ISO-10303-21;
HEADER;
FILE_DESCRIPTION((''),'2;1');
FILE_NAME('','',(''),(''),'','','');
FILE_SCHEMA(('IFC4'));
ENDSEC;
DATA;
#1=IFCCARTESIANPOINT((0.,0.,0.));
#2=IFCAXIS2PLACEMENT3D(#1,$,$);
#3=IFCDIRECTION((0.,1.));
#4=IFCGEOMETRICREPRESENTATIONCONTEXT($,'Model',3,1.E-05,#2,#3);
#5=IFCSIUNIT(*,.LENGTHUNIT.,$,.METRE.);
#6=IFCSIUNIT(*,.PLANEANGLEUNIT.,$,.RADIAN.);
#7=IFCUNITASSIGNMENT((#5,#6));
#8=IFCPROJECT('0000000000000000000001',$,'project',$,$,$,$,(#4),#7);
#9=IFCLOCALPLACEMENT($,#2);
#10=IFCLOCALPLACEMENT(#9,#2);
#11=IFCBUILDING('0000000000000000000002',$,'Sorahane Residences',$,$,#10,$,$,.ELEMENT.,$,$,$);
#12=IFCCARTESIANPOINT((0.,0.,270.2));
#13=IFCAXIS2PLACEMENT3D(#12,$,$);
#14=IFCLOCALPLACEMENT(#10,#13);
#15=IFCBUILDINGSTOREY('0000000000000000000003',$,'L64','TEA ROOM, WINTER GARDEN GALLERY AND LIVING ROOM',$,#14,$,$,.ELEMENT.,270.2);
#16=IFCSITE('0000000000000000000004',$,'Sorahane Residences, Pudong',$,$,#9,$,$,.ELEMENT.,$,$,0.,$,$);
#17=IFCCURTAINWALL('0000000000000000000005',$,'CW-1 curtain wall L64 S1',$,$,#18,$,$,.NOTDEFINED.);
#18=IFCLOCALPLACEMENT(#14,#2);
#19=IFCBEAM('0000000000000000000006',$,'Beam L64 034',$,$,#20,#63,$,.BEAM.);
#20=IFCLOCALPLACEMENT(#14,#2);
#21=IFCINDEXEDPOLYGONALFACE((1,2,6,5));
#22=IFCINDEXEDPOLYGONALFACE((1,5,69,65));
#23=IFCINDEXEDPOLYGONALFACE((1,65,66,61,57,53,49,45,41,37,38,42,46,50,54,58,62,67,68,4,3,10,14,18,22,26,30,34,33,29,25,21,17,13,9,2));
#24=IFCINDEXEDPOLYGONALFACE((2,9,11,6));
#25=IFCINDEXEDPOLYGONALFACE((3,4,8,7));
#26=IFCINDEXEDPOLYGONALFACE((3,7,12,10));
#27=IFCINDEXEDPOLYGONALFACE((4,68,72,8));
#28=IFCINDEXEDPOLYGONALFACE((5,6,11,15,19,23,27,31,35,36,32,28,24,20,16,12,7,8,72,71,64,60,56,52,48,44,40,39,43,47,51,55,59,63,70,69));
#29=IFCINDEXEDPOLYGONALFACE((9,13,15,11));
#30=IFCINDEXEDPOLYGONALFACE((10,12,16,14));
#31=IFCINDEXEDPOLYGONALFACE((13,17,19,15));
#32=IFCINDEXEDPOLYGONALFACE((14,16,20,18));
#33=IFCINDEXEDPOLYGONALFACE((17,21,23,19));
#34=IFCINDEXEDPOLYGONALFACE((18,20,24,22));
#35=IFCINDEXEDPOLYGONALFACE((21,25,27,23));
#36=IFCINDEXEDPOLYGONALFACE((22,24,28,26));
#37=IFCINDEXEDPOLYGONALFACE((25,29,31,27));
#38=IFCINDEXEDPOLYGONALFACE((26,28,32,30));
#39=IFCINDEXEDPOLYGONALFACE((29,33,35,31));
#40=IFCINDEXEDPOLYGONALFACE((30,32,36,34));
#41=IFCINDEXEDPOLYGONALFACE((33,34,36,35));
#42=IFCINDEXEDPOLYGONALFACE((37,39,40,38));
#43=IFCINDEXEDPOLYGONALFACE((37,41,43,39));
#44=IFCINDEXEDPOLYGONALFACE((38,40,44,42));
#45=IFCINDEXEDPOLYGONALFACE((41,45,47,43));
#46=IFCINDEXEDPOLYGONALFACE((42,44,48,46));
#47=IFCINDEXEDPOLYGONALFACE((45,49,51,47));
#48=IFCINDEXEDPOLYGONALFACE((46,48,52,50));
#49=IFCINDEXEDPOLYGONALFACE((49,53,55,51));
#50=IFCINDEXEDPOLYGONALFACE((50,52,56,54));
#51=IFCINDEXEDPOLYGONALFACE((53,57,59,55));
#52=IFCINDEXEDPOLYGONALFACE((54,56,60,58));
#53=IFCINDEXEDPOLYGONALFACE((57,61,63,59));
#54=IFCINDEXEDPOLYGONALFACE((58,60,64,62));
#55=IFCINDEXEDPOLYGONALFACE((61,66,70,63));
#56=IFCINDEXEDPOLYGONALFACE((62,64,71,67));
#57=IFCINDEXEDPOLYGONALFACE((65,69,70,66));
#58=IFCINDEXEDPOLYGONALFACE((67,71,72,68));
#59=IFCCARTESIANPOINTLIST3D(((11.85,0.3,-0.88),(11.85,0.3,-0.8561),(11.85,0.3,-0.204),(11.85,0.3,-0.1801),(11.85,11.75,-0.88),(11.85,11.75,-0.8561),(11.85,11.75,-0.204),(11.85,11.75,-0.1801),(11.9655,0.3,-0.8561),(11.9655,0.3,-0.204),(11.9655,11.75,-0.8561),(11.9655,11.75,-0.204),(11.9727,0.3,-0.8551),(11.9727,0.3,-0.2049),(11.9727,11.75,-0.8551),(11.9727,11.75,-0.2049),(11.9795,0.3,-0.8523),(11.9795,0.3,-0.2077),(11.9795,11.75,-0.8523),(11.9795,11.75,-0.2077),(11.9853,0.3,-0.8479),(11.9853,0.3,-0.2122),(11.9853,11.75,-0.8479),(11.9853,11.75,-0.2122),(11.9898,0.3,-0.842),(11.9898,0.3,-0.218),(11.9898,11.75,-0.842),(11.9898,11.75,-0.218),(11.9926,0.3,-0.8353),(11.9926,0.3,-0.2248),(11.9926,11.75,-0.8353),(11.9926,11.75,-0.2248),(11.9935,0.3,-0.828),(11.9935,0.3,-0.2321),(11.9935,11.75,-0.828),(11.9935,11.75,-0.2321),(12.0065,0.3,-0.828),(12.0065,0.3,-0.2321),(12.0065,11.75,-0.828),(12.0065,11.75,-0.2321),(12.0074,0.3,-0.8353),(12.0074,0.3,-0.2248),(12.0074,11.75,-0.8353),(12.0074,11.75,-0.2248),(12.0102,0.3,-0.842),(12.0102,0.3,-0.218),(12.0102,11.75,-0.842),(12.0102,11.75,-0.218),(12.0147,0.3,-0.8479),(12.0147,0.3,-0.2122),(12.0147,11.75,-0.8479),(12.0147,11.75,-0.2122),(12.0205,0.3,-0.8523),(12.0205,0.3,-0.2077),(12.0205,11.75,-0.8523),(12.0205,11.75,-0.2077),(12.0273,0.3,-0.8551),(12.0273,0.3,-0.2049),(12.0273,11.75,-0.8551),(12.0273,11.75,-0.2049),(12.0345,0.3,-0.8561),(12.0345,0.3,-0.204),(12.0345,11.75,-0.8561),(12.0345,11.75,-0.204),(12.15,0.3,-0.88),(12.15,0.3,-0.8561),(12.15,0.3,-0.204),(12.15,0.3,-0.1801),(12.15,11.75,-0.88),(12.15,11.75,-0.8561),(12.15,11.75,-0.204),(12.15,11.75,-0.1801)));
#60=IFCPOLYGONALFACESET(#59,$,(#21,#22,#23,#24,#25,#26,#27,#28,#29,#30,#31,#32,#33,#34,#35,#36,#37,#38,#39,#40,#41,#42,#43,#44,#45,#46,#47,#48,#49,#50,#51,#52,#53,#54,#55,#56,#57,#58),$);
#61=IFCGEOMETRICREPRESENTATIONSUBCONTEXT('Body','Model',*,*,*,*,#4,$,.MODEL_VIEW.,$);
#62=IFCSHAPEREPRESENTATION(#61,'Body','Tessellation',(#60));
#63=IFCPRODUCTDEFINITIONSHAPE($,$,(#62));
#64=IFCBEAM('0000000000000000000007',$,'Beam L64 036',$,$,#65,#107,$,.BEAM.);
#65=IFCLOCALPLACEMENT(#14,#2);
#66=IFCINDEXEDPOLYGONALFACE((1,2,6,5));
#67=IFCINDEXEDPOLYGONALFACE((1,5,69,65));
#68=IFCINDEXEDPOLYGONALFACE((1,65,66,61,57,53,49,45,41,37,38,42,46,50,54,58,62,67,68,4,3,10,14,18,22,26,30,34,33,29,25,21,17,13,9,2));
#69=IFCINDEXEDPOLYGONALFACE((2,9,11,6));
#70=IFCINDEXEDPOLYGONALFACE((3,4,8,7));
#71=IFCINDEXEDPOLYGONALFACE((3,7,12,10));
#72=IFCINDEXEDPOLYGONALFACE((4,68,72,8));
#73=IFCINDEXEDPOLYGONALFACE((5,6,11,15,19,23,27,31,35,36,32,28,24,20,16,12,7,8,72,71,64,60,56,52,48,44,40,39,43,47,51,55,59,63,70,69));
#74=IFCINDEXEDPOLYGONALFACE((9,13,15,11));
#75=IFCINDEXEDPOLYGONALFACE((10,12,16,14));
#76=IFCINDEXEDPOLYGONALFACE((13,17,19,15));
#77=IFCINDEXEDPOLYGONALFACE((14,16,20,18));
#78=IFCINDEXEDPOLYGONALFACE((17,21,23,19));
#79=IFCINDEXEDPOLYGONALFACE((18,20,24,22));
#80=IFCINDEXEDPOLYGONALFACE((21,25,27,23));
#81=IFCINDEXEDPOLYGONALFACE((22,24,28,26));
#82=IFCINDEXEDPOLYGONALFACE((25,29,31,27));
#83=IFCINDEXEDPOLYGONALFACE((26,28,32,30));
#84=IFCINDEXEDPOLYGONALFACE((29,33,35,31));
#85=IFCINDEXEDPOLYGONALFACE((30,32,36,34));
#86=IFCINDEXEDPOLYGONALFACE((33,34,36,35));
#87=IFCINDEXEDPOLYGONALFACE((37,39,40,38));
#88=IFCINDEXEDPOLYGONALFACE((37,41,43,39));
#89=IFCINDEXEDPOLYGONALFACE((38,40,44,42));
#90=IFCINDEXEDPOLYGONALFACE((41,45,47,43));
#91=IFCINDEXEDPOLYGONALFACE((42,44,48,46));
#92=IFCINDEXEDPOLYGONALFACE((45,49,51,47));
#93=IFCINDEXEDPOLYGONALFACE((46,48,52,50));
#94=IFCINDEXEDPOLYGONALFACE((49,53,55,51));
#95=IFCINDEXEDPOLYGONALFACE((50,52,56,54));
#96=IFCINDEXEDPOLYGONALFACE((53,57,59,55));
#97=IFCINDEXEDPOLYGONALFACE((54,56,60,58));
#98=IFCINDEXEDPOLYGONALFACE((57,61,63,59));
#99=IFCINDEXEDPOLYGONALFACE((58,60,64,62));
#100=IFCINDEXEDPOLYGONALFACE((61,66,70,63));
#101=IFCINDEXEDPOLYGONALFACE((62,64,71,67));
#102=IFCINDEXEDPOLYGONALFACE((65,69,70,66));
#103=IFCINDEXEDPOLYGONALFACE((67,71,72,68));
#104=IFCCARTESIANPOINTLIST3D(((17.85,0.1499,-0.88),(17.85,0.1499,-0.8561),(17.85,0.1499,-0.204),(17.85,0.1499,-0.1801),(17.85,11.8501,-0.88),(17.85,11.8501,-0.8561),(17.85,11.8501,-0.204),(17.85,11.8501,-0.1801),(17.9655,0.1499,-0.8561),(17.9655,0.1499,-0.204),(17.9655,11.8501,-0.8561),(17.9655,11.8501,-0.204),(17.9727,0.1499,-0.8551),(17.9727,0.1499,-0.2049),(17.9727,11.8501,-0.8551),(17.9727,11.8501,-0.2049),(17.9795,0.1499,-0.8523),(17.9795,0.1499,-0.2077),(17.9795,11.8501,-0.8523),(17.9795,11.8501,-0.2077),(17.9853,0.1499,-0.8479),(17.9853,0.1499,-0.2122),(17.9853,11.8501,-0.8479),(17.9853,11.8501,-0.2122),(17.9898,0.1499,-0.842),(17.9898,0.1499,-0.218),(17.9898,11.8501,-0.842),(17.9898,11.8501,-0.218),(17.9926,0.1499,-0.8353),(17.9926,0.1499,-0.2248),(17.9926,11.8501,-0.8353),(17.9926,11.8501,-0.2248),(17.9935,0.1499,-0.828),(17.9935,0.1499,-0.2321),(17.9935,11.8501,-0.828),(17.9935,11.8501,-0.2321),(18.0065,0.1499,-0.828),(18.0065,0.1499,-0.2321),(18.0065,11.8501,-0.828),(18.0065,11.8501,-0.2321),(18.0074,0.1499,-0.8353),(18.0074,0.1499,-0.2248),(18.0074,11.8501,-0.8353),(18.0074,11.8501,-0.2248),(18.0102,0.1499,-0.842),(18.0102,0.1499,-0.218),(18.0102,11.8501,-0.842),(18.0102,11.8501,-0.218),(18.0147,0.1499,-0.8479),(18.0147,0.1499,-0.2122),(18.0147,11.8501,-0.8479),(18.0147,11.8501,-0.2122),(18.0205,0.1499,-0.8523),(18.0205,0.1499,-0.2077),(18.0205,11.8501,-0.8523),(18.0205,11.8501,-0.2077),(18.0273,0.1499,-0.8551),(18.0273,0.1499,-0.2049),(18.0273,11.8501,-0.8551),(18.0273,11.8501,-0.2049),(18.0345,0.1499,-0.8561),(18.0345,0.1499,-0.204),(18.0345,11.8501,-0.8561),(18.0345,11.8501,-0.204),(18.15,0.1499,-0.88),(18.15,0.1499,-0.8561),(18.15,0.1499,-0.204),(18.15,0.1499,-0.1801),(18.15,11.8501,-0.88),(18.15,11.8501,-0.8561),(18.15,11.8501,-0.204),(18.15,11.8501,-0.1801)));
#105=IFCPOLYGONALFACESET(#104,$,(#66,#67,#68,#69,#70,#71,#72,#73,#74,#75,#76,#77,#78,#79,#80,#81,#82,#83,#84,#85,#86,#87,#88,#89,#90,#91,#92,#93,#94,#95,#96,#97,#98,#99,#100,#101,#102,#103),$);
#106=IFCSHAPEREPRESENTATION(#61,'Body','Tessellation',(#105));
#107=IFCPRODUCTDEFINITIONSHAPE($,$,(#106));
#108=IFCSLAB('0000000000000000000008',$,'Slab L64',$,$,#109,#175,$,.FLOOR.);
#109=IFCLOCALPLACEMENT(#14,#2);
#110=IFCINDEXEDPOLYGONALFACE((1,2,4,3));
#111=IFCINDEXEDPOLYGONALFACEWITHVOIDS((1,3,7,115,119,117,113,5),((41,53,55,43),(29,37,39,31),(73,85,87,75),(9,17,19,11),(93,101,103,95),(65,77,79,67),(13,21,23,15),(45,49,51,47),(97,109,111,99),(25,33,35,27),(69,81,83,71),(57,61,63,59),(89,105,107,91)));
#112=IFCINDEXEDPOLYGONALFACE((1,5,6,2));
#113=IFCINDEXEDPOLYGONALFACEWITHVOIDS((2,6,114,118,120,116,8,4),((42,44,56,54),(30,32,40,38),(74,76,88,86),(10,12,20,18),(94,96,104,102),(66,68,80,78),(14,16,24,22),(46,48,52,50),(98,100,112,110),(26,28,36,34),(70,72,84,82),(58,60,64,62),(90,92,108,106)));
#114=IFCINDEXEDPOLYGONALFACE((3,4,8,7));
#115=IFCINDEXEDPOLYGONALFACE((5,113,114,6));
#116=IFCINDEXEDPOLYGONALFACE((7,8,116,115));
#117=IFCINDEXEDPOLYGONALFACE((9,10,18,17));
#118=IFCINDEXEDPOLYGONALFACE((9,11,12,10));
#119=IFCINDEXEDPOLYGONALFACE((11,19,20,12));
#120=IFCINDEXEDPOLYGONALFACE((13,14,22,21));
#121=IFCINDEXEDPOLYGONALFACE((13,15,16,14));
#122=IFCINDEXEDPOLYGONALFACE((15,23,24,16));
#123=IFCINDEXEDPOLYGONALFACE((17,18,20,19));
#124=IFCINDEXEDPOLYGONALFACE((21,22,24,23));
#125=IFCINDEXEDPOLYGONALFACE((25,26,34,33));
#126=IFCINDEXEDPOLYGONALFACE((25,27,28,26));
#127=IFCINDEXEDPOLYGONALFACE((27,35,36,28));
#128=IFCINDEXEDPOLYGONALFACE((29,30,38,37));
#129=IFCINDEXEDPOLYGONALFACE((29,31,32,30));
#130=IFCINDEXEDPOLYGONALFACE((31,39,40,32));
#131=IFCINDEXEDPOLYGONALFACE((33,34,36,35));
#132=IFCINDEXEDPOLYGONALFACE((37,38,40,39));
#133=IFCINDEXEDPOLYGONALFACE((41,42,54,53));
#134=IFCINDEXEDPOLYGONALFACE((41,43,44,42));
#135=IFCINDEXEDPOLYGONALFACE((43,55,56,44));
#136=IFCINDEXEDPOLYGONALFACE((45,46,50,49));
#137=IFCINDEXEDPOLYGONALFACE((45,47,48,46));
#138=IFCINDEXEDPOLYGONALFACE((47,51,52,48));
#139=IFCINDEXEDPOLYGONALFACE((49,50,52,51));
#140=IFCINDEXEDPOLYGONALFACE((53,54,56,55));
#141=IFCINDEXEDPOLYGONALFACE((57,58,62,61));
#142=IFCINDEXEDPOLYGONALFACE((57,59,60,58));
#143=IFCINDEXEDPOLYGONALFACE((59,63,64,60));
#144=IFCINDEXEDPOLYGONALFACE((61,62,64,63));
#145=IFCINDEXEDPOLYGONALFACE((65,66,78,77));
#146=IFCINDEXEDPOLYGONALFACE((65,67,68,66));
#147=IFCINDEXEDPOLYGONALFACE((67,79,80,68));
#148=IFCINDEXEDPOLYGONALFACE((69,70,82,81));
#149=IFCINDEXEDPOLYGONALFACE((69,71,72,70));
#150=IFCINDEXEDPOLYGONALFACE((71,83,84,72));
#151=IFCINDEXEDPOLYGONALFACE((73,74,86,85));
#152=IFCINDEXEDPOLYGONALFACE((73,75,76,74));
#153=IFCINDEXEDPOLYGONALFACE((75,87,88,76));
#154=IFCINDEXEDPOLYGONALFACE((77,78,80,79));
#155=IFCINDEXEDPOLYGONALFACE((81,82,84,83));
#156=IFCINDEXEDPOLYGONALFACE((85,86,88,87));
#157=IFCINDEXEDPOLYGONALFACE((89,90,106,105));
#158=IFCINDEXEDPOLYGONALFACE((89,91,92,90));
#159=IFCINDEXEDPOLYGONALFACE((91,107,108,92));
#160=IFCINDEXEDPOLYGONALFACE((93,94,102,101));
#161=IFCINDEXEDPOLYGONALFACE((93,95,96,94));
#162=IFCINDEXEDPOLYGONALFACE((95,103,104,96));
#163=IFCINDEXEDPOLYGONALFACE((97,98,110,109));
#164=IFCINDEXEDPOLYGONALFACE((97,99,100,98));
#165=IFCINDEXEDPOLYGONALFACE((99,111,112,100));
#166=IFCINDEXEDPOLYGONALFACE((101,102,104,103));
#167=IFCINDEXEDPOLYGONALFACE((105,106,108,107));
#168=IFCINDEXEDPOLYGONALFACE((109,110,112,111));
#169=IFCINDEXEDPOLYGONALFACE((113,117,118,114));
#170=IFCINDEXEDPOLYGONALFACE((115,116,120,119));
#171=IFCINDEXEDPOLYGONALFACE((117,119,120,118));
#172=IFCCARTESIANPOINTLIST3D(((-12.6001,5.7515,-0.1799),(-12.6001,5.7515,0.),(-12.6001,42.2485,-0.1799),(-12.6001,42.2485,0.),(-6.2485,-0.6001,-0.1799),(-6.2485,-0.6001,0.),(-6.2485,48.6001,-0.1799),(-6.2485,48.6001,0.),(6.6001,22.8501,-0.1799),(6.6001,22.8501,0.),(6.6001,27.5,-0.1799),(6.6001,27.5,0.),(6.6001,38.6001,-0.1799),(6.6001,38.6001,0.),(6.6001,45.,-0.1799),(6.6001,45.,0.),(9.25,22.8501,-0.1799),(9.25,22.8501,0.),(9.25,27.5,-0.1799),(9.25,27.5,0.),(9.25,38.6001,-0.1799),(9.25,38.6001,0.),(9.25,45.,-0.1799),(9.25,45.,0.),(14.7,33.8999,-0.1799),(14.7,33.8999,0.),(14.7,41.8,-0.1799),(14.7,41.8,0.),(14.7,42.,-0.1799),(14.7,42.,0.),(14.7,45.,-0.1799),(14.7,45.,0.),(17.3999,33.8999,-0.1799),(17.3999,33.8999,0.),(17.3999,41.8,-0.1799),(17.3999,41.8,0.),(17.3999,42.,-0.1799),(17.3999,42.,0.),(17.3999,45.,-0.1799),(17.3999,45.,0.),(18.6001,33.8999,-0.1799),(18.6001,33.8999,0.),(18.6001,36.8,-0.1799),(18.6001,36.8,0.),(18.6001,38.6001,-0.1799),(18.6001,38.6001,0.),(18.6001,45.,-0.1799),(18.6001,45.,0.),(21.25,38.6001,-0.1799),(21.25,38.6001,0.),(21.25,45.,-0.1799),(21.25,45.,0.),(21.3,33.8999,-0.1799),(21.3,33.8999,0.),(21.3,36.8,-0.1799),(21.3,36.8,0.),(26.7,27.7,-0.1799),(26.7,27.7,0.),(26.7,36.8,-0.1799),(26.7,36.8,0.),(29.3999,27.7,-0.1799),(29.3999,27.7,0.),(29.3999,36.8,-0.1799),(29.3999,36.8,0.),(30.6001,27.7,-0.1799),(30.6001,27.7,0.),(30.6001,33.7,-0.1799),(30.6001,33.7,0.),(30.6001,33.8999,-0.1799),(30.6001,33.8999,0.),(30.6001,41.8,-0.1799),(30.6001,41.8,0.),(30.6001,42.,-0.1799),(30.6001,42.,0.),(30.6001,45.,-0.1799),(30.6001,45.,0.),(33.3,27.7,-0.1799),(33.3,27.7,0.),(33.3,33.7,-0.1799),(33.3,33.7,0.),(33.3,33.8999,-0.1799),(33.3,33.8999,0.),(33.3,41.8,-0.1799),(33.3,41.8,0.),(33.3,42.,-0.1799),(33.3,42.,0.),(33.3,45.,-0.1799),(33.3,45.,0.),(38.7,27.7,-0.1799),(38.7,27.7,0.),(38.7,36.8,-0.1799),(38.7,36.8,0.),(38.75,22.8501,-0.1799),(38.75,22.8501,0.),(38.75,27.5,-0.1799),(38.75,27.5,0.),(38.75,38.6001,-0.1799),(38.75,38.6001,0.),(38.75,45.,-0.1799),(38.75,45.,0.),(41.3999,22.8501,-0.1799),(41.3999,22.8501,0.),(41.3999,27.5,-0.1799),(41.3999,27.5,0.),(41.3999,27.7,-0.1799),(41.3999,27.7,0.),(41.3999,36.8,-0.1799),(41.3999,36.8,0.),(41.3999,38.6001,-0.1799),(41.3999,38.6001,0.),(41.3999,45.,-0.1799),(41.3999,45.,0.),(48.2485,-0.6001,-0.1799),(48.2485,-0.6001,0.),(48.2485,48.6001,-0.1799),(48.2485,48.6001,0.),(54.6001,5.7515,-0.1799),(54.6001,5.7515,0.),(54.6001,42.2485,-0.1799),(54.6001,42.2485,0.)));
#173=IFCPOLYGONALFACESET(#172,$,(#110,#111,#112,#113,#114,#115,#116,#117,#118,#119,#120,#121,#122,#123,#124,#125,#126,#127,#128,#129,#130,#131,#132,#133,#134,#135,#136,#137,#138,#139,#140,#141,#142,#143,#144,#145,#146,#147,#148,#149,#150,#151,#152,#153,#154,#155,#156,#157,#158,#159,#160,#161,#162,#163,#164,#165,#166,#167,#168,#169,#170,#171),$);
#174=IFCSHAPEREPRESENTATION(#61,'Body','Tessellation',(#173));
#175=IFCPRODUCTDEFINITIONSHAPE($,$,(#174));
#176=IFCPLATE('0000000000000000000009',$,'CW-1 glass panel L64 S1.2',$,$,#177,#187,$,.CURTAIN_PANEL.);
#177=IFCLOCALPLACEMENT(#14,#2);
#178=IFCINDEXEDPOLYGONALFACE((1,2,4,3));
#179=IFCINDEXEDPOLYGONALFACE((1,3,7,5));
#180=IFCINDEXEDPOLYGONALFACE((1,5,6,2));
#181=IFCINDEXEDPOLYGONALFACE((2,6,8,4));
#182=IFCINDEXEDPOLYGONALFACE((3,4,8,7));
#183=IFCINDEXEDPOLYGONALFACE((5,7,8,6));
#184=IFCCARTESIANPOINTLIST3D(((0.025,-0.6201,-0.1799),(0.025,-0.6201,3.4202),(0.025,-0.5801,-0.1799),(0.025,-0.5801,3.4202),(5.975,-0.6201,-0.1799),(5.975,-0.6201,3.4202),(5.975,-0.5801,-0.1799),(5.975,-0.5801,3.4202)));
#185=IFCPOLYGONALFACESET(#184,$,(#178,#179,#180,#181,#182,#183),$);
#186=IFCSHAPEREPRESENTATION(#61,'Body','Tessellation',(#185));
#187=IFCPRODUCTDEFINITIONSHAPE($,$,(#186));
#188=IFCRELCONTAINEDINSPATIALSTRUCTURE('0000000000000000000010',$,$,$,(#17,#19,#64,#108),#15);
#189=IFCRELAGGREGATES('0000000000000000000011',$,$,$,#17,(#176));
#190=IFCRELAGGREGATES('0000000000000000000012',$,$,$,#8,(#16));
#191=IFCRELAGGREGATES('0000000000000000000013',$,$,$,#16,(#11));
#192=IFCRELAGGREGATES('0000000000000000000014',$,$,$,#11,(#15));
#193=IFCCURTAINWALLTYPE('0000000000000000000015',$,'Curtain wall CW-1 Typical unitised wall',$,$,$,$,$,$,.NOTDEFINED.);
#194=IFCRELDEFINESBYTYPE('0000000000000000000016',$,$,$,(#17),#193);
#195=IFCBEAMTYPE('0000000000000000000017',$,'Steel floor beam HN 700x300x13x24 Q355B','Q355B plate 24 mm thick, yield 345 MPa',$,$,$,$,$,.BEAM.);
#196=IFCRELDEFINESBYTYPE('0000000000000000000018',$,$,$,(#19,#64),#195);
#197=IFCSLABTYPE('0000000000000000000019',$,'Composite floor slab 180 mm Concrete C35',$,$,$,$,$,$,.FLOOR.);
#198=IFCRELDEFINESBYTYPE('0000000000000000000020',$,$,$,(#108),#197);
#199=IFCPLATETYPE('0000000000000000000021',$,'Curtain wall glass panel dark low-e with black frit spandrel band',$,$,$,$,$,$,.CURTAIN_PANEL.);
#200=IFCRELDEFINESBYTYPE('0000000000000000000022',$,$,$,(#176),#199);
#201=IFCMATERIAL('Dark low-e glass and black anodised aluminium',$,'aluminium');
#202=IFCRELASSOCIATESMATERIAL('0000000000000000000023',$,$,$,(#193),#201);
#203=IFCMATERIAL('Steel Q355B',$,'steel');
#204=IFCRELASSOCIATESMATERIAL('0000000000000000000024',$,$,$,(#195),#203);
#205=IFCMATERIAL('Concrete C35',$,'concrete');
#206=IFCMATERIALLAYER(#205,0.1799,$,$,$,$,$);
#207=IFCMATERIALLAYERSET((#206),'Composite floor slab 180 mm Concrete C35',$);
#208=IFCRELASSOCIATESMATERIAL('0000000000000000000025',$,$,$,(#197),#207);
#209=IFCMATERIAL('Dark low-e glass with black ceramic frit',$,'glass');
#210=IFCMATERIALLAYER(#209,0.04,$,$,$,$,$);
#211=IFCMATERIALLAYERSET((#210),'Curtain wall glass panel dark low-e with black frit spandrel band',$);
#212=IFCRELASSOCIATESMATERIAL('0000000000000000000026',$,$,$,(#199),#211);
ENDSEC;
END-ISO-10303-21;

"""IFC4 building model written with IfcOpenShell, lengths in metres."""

from ifc_helpers import new_model, si_unit, direction, frame, origin, origin_2d, place, context, subcontext, project, spatial, polyline, rectangle, i_section, outline, extrude, material, layer, layer_set, material_profile, profile_set, type_object, element, aggregate, save


model = new_model("IFC4")

# Units and contexts
model_context = context("Model", 3, precision=1e-05, world=origin(), true_north=direction((0.0, 1.0)))
body_context = subcontext(model_context, "Body", "Model", "MODEL_VIEW")
ifc_project = project(units=[si_unit("LENGTHUNIT", "METRE"), si_unit("PLANEANGLEUNIT", "RADIAN")], contexts=[model_context])

# Site, building, storey
site_placement = place(None, origin())
site = spatial("IfcSite", under=ifc_project, at=site_placement, Name="Sorahane Residences, Pudong", CompositionType="ELEMENT", RefElevation=0.0)
building_placement = place(site_placement, origin())
building = spatial("IfcBuilding", under=site, at=building_placement, Name="Sorahane Residences", CompositionType="ELEMENT")
storey_placement = place(building_placement, frame((0.0, 0.0, 270.2)))
storey = spatial("IfcBuildingStorey", under=building, at=storey_placement, Name="L64", Description="TEA ROOM, WINTER GARDEN GALLERY AND LIVING ROOM", CompositionType="ELEMENT", Elevation=270.2)

# Curtain wall
ifc_material_1 = material(Name="Dark low-e glass and black anodised aluminium", Category="aluminium")
curtain_wall_type = type_object("IfcCurtainWallType", Name="Curtain wall CW-1 Typical unitised wall", PredefinedType="NOTDEFINED", material=ifc_material_1)
curtain_wall_placement = place(storey_placement, origin())
curtain_wall = element("IfcCurtainWall", 1, at=curtain_wall_placement, inside=storey, type_object=curtain_wall_type, Name="CW-1 curtain wall L64 S1", PredefinedType="NOTDEFINED")

# Beams
ifc_material_2 = material(Name="Steel Q355B", Category="steel")
ifc_material_profile_1 = material_profile(ifc_material_2, i_section(OverallWidth=0.3, OverallDepth=0.7, WebThickness=0.0129, FlangeThickness=0.0239, FilletRadius=0.0281, at=origin_2d()), Name="HN 700x300x13x24")
ifc_profile_set_1 = profile_set([ifc_material_profile_1], Name="Steel Q355B")
beam_type_1 = type_object("IfcBeamType", Name="Steel floor beam HN 700x300x13x24 Q355B", Description="Q355B plate 24 mm thick, yield 345 MPa", PredefinedType="BEAM", material=ifc_profile_set_1)
beam_1_placement = place(storey_placement, frame((12.0, 0.3, -0.53), z_axis=(0.0, 1.0, 0.0), x_axis=(-1.0, 0.0, 0.0)))
element("IfcBeam", 2, at=beam_1_placement, inside=storey, type_object=beam_type_1, Name="Beam L64 034", PredefinedType="BEAM", context=body_context, shape_type="SweptSolid", body=[
    extrude(i_section(OverallWidth=0.3, OverallDepth=0.7, WebThickness=0.0129, FlangeThickness=0.0239, FilletRadius=0.0281, at=origin_2d()), origin(), (0.0, 0.0, 1.0), 11.45),
])
beam_2_placement = place(storey_placement, frame((18.0, 0.1499, -0.53), z_axis=(0.0, 1.0, 0.0), x_axis=(-1.0, 0.0, 0.0)))
element("IfcBeam", 3, at=beam_2_placement, inside=storey, type_object=beam_type_1, Name="Beam L64 036", PredefinedType="BEAM", context=body_context, shape_type="SweptSolid", body=[
    extrude(i_section(OverallWidth=0.3, OverallDepth=0.7, WebThickness=0.0129, FlangeThickness=0.0239, FilletRadius=0.0281, at=origin_2d()), origin(), (0.0, 0.0, 1.0), 11.7002),
])

# Slab
ifc_material_3 = material(Name="Concrete C35", Category="concrete")
ifc_layer_1 = layer(ifc_material_3, 0.1799)
ifc_layer_set_1 = layer_set([ifc_layer_1], Name="Composite floor slab 180 mm Concrete C35")
slab_type_1 = type_object("IfcSlabType", Name="Composite floor slab 180 mm Concrete C35", PredefinedType="FLOOR", material=ifc_layer_set_1)
slab_1_placement = place(storey_placement, frame((0.0, 0.0, -0.1799)))
element("IfcSlab", 4, at=slab_1_placement, inside=storey, type_object=slab_type_1, Name="Slab L64", PredefinedType="FLOOR", context=body_context, shape_type="SweptSolid", body=[
    extrude(outline(polyline([(-6.2485, -0.6001), (-12.6001, 5.7515), (-12.6001, 42.2485), (-6.2485, 48.6001), (48.2485, 48.6001), (54.6001, 42.2485), (54.6001, 5.7515), (48.2485, -0.6001), (-6.2485, -0.6001)]), holes=[polyline([(38.7, 27.7), (41.3999, 27.7), (41.3999, 36.8), (38.7, 36.8), (38.7, 27.7)]), polyline([(30.6001, 27.7), (33.3, 27.7), (33.3, 33.7), (30.6001, 33.7), (30.6001, 27.7)]), polyline([(30.6001, 42.0), (33.3, 42.0), (33.3, 45.0), (30.6001, 45.0), (30.6001, 42.0)]), polyline([(14.7, 42.0), (17.3999, 42.0), (17.3999, 45.0), (14.7, 45.0), (14.7, 42.0)]), polyline([(9.25, 38.6001), (9.25, 45.0), (6.6001, 45.0), (6.6001, 38.6001), (9.25, 38.6001)]), polyline([(41.3999, 38.6001), (41.3999, 45.0), (38.75, 45.0), (38.75, 38.6001), (41.3999, 38.6001)]), polyline([(21.25, 38.6001), (21.25, 45.0), (18.6001, 45.0), (18.6001, 38.6001), (21.25, 38.6001)]), polyline([(9.25, 22.8501), (9.25, 27.5), (6.6001, 27.5), (6.6001, 22.8501), (9.25, 22.8501)]), polyline([(41.3999, 22.8501), (41.3999, 27.5), (38.75, 27.5), (38.75, 22.8501), (41.3999, 22.8501)]), polyline([(14.7, 33.8999), (17.3999, 33.8999), (17.3999, 41.8), (14.7, 41.8), (14.7, 33.8999)]), polyline([(30.6001, 33.8999), (33.3, 33.8999), (33.3, 41.8), (30.6001, 41.8), (30.6001, 33.8999)]), polyline([(18.6001, 33.8999), (21.3, 33.8999), (21.3, 36.8), (18.6001, 36.8), (18.6001, 33.8999)]), polyline([(26.7, 27.7), (29.3999, 27.7), (29.3999, 36.8), (26.7, 36.8), (26.7, 27.7)])]), origin(), (0.0, 0.0, 1.0), 0.1799),
])

# Plate
ifc_material_4 = material(Name="Dark low-e glass with black ceramic frit", Category="glass")
ifc_layer_2 = layer(ifc_material_4, 0.04)
ifc_layer_set_2 = layer_set([ifc_layer_2], Name="Curtain wall glass panel dark low-e with black frit spandrel band")
plate_type = type_object("IfcPlateType", Name="Curtain wall glass panel dark low-e with black frit spandrel band", PredefinedType="CURTAIN_PANEL", material=ifc_layer_set_2)
plate_1_placement = place(storey_placement, frame((3.0, -0.6001, -0.1799), z_axis=(0.0, 0.0, 1.0), x_axis=(1.0, 0.0, 0.0)))
plate_1 = element("IfcPlate", 5, at=plate_1_placement, type_object=plate_type, Name="CW-1 glass panel L64 S1.2", PredefinedType="CURTAIN_PANEL", context=body_context, shape_type="SweptSolid", body=[
    extrude(rectangle(XDim=5.95, YDim=0.04, at=origin_2d()), origin(), (0.0, 0.0, 1.0), 3.6001),
])
aggregate(curtain_wall, [plate_1])

save(model, "model.ifc")
